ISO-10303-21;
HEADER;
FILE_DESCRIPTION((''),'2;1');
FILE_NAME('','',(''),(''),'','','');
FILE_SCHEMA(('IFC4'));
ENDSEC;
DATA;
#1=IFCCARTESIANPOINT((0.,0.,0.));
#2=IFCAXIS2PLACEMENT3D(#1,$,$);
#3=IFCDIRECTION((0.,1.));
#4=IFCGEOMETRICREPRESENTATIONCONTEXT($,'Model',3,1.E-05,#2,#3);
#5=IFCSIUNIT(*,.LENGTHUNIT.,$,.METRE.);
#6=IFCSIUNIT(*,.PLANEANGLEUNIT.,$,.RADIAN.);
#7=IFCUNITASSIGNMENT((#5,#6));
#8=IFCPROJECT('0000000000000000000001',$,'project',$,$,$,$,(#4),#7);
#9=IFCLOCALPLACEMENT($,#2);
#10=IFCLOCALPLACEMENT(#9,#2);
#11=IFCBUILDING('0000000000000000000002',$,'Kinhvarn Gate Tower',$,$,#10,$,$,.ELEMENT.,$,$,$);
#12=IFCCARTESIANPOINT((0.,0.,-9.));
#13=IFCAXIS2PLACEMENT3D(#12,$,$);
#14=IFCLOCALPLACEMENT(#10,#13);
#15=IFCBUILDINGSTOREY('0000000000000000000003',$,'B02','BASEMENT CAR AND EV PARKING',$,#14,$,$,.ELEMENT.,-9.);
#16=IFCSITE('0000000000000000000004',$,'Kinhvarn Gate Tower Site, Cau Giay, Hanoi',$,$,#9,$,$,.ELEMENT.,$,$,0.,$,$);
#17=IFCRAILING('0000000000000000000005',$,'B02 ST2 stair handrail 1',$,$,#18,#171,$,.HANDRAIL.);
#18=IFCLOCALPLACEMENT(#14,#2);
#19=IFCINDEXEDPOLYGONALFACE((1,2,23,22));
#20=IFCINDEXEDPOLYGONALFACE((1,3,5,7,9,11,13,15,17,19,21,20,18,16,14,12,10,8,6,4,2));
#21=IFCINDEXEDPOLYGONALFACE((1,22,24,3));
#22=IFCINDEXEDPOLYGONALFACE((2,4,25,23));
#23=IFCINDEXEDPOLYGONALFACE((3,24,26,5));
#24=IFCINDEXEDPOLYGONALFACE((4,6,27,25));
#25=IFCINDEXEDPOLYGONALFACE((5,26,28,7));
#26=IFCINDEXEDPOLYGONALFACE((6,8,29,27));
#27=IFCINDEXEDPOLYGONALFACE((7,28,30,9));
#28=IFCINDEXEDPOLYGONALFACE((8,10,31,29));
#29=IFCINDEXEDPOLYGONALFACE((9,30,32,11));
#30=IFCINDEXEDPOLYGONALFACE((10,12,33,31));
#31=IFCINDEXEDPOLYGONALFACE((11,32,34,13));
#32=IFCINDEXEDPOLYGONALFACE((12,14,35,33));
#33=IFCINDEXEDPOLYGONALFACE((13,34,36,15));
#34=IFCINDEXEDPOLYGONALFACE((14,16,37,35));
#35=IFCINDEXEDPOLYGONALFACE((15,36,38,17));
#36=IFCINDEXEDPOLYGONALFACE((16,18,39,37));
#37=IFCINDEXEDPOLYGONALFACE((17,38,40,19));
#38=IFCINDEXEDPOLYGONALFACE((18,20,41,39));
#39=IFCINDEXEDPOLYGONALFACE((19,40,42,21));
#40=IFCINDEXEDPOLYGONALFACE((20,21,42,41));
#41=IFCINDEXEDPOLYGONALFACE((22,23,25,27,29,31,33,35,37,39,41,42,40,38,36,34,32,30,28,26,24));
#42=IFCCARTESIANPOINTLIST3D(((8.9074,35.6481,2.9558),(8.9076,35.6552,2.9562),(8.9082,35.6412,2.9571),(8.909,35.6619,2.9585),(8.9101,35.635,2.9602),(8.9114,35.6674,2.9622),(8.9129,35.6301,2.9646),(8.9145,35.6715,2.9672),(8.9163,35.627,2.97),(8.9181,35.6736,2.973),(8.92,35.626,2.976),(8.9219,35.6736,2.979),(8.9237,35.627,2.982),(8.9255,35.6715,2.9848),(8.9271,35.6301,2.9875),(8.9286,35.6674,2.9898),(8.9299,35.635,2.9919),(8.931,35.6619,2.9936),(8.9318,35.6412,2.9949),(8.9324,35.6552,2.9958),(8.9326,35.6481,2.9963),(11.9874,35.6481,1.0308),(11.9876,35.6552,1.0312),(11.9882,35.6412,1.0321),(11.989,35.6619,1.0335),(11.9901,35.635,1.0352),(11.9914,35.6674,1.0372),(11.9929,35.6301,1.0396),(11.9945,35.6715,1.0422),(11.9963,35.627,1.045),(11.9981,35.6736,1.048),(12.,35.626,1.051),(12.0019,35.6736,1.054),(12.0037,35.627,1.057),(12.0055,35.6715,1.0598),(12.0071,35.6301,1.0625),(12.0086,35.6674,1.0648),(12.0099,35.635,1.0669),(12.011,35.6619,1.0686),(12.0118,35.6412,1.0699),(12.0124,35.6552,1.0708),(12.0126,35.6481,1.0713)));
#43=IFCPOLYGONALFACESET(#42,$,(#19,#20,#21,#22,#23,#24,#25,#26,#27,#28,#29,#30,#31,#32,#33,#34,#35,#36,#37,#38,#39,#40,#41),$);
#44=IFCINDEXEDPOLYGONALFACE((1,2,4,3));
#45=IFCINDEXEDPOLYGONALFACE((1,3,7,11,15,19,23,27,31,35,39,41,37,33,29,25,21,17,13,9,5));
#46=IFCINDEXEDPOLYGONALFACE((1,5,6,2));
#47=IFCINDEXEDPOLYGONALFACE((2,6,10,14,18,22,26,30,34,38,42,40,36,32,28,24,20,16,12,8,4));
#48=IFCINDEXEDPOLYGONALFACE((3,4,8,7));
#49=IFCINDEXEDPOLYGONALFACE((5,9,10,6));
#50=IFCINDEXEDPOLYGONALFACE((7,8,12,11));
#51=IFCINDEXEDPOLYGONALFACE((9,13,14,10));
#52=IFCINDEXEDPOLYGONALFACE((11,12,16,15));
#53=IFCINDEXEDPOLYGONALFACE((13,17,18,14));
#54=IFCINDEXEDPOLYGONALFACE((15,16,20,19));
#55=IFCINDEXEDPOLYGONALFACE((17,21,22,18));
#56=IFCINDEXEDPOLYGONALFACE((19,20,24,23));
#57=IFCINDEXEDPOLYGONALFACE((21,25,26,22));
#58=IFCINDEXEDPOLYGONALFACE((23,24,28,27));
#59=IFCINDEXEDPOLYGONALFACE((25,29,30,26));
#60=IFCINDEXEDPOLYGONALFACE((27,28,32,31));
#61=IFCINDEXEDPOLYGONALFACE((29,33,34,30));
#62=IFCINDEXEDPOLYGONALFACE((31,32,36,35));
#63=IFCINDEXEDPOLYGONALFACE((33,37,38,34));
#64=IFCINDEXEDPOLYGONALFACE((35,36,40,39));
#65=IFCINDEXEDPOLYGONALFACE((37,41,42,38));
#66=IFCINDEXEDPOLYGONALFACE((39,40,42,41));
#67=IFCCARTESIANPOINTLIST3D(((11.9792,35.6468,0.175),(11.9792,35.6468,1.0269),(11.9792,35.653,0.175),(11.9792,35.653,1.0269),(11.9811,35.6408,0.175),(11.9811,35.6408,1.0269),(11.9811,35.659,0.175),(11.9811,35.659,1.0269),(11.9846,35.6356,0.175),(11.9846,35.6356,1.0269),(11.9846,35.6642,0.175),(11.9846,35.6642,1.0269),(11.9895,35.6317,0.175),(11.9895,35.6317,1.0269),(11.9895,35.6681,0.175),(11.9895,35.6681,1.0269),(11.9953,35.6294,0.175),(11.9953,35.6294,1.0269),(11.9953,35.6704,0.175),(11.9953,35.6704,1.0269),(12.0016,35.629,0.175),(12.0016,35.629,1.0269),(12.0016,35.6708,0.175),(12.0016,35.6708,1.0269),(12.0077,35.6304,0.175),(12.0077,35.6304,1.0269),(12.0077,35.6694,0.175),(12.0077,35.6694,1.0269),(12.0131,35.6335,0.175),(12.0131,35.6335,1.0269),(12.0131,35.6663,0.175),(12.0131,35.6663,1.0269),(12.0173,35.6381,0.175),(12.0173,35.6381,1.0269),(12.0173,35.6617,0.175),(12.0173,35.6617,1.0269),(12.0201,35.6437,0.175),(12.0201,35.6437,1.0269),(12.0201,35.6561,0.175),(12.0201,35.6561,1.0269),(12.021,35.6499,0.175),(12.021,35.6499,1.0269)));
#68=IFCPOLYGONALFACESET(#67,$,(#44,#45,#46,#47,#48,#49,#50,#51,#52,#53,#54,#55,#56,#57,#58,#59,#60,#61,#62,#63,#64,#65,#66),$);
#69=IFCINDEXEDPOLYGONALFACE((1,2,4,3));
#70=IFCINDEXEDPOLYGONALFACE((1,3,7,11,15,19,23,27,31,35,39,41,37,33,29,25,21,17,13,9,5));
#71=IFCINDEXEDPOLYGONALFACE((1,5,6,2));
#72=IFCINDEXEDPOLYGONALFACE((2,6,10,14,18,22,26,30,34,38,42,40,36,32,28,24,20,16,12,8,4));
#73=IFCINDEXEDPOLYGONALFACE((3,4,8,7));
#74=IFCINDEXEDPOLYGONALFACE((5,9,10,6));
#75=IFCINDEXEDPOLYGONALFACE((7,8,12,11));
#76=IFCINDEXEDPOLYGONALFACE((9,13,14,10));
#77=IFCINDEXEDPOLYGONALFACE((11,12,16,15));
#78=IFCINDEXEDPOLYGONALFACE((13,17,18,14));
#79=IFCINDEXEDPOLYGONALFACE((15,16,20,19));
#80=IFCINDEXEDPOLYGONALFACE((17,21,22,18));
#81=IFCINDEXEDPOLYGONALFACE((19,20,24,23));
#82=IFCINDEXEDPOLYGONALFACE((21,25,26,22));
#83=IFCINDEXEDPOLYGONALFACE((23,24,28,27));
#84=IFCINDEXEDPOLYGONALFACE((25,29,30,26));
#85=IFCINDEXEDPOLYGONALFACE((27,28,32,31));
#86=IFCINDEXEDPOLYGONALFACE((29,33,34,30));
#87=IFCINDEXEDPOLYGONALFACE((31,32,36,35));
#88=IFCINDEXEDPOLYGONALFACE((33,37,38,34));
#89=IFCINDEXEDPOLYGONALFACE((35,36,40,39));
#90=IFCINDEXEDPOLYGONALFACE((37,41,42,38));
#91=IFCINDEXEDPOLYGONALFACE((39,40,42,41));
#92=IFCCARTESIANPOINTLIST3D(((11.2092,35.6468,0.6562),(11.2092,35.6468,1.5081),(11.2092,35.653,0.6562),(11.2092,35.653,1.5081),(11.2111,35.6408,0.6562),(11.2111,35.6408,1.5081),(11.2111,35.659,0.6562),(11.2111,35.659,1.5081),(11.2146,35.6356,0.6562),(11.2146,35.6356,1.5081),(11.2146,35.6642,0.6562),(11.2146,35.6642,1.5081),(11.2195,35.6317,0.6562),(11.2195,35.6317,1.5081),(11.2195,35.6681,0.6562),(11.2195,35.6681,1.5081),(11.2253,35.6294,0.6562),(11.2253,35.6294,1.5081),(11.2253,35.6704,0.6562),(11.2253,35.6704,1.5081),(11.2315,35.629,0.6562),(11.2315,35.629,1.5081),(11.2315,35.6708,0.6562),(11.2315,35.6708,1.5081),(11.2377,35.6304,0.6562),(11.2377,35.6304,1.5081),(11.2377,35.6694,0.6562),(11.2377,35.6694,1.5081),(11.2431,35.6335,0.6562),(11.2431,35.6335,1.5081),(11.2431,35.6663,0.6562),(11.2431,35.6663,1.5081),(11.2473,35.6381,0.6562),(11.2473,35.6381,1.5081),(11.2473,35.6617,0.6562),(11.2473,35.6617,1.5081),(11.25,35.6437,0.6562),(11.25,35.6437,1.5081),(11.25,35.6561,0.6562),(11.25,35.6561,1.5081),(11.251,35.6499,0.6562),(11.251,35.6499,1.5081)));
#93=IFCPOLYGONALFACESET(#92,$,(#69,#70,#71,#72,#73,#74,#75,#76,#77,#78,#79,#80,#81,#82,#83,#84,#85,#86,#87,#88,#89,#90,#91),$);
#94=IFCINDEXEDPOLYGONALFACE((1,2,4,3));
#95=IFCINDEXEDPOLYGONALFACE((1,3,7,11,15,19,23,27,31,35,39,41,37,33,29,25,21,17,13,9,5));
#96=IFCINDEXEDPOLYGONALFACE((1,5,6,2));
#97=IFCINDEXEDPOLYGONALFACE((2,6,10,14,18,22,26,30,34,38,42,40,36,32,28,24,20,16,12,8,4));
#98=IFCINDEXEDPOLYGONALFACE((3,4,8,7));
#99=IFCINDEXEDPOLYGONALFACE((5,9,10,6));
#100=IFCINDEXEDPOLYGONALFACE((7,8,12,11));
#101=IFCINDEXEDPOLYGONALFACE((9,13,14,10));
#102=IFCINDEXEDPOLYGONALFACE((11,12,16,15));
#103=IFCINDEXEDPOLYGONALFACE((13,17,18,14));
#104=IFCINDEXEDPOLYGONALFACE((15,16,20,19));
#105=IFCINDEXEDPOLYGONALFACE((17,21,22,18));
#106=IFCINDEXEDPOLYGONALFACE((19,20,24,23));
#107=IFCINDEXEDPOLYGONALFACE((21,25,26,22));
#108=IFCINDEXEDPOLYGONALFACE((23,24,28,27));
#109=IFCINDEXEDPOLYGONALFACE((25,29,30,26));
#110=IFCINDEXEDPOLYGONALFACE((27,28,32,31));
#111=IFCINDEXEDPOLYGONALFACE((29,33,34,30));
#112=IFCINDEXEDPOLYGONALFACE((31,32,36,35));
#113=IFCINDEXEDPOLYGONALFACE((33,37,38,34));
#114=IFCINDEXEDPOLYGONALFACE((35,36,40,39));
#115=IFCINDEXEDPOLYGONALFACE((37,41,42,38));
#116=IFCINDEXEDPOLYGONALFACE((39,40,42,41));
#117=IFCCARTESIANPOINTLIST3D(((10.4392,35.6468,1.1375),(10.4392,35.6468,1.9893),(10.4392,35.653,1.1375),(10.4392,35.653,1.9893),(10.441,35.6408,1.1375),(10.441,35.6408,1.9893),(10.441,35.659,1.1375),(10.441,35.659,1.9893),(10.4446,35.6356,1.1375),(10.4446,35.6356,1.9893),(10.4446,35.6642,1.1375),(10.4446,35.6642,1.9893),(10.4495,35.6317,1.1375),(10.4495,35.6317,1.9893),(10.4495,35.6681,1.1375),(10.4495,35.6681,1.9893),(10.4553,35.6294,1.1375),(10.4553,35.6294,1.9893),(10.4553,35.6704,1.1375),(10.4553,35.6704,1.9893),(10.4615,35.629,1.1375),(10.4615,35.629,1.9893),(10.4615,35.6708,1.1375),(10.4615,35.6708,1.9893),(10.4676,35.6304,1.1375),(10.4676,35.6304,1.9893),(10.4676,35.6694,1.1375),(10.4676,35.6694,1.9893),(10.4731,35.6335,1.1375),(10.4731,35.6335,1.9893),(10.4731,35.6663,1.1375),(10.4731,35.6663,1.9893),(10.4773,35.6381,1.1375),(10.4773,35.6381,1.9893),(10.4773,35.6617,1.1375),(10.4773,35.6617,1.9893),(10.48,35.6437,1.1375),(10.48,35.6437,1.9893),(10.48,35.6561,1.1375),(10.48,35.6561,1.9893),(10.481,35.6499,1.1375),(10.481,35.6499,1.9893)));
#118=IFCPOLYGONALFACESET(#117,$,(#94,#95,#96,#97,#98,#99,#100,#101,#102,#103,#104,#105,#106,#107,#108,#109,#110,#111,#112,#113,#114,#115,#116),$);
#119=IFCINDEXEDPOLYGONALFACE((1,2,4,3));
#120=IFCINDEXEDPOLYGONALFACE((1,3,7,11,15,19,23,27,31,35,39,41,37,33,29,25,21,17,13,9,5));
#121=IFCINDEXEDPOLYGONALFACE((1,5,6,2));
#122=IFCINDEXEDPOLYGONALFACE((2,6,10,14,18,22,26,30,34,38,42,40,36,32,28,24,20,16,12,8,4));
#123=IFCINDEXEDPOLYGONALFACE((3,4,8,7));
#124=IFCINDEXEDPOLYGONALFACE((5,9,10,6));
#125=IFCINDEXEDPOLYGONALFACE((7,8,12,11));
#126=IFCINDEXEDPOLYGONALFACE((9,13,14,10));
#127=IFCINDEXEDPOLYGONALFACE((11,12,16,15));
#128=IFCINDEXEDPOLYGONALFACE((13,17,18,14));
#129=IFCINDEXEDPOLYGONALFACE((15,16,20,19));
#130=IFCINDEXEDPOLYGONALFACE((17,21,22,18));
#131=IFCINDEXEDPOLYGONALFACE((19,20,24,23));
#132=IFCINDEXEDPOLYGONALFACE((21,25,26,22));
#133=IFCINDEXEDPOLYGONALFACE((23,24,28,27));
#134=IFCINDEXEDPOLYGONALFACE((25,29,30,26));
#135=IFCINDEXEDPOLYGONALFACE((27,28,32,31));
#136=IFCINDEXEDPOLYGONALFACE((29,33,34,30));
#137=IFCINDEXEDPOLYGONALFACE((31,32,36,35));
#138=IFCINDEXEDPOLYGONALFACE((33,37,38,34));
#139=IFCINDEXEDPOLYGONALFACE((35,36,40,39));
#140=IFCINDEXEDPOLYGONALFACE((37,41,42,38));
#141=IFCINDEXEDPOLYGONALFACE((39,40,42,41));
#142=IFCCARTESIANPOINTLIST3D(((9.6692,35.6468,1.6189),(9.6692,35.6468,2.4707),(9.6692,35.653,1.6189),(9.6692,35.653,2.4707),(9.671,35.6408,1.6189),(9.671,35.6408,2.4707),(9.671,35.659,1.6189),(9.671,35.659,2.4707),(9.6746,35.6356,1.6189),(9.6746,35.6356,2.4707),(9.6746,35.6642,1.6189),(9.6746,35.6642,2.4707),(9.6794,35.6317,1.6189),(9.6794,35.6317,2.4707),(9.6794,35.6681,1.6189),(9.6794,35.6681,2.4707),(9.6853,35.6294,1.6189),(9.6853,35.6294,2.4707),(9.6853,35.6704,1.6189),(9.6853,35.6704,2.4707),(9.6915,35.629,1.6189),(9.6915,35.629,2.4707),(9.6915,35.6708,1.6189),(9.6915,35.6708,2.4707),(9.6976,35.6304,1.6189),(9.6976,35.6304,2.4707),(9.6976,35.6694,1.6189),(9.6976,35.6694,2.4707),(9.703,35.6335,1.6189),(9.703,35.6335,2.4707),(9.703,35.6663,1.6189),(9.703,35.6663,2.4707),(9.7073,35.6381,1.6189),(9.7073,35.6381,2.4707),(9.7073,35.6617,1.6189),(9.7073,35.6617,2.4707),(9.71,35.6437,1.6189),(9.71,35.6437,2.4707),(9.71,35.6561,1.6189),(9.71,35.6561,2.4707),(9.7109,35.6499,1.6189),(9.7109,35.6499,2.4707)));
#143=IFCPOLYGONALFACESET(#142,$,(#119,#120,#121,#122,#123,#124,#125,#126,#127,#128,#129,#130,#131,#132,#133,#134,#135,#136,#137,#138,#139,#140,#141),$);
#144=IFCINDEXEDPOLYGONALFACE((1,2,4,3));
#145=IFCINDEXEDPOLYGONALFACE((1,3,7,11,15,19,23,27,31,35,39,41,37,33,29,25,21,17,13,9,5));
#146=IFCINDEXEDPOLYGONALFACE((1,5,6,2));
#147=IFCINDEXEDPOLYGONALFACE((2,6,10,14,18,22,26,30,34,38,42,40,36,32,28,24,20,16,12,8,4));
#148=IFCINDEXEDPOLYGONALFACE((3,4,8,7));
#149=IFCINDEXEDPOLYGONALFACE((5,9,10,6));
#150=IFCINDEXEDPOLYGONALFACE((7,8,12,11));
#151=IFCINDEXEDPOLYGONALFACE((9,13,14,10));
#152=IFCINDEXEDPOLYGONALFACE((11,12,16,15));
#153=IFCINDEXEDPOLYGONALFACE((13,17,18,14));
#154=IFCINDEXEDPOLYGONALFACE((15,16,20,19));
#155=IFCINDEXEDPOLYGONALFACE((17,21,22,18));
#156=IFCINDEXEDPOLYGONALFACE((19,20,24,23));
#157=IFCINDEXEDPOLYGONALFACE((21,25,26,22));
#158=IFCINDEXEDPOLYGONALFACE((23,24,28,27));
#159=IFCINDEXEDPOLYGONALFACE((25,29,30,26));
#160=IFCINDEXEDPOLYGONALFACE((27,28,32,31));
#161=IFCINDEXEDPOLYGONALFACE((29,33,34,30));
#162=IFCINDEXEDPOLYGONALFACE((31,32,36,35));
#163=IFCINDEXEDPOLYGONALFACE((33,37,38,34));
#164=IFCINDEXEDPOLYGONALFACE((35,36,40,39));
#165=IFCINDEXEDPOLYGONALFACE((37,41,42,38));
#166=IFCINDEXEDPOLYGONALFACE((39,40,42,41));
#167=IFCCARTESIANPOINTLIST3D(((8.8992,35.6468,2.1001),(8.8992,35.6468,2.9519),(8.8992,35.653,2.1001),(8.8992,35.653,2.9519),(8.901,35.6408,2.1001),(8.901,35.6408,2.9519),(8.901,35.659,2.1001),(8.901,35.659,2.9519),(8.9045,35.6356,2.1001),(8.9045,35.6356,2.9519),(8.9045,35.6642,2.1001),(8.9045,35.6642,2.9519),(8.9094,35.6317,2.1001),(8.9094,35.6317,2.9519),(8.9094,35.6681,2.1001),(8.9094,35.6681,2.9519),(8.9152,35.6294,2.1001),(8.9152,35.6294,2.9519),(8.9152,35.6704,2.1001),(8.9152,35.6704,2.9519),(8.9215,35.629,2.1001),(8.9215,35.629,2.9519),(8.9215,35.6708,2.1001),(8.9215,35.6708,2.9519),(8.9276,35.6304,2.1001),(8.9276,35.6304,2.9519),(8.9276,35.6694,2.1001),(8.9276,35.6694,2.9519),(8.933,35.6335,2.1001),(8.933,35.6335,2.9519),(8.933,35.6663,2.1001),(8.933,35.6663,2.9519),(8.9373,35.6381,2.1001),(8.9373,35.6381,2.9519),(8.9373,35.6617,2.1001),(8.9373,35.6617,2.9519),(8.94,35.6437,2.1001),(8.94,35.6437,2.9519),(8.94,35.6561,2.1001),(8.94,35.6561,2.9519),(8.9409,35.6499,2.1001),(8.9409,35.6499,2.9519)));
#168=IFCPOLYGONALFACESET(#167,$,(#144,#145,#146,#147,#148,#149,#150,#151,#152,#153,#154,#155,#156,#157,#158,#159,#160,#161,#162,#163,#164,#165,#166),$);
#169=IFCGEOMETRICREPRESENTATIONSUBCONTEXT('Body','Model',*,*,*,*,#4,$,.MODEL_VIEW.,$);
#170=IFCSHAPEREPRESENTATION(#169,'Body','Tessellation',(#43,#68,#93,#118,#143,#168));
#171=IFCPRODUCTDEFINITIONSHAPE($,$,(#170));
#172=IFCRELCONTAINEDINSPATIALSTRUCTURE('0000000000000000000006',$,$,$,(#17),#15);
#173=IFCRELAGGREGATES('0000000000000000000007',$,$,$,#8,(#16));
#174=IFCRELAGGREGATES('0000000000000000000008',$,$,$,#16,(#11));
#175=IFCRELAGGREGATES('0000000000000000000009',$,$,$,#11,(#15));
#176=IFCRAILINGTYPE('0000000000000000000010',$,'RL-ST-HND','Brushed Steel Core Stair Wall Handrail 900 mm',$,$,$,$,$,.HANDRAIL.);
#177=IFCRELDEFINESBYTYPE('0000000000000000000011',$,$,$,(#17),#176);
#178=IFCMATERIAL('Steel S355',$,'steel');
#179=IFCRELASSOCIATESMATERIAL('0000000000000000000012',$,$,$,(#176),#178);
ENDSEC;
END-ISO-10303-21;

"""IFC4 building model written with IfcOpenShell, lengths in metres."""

from ifc_helpers import new_model, si_unit, direction, frame, origin, origin_2d, place, context, subcontext, project, spatial, circle, extrude, material, type_object, element, save


model = new_model("IFC4")

# Units and contexts
model_context = context("Model", 3, precision=1e-05, world=origin(), true_north=direction((0.0, 1.0)))
body_context = subcontext(model_context, "Body", "Model", "MODEL_VIEW")
ifc_project = project(units=[si_unit("LENGTHUNIT", "METRE"), si_unit("PLANEANGLEUNIT", "RADIAN")], contexts=[model_context])

# Site, building, storey
site_placement = place(None, origin())
site = spatial("IfcSite", under=ifc_project, at=site_placement, Name="Kinhvarn Gate Tower Site, Cau Giay, Hanoi", CompositionType="ELEMENT", RefElevation=0.0)
building_placement = place(site_placement, origin())
building = spatial("IfcBuilding", under=site, at=building_placement, Name="Kinhvarn Gate Tower", CompositionType="ELEMENT")
storey_placement = place(building_placement, frame((0.0, 0.0, -9.0)))
storey = spatial("IfcBuildingStorey", under=building, at=storey_placement, Name="B02", Description="BASEMENT CAR AND EV PARKING", CompositionType="ELEMENT", Elevation=-9.0)

# Shared definitions
ifc_material_1 = material(Name="Steel S355", Category="steel")

# Railing
railing_type_1 = type_object("IfcRailingType", Name="RL-ST-HND", Description="Brushed Steel Core Stair Wall Handrail 900 mm", PredefinedType="HANDRAIL", material=ifc_material_1)
railing_1_placement = place(storey_placement, frame((12.0, 35.6499, 0.175)))
element("IfcRailing", 1, at=railing_1_placement, inside=storey, type_object=railing_type_1, Name="B02 ST2 stair handrail 1", PredefinedType="HANDRAIL", context=body_context, shape_type="SweptSolid", body=[
    extrude(circle(Radius=0.0239, at=origin_2d()), frame((0.0, 0.0, 0.876), z_axis=(-0.847998, 0.0, 0.529999), x_axis=(0.0, -1.0, 0.0)), (0.0, 0.0, 1.0), 3.6321),
    extrude(circle(Radius=0.021, at=origin_2d()), origin(), (0.0, 0.0, 1.0), 0.8518),
    extrude(circle(Radius=0.021, at=origin_2d()), frame((-0.77, 0.0, 0.4812)), (0.0, 0.0, 1.0), 0.8518),
    extrude(circle(Radius=0.021, at=origin_2d()), frame((-1.54, 0.0, 0.9624)), (0.0, 0.0, 1.0), 0.8518),
    extrude(circle(Radius=0.021, at=origin_2d()), frame((-2.3101, 0.0, 1.4438)), (0.0, 0.0, 1.0), 0.8518),
    extrude(circle(Radius=0.021, at=origin_2d()), frame((-3.0801, 0.0, 1.925)), (0.0, 0.0, 1.0), 0.8518),
])

save(model, "model.ifc")
